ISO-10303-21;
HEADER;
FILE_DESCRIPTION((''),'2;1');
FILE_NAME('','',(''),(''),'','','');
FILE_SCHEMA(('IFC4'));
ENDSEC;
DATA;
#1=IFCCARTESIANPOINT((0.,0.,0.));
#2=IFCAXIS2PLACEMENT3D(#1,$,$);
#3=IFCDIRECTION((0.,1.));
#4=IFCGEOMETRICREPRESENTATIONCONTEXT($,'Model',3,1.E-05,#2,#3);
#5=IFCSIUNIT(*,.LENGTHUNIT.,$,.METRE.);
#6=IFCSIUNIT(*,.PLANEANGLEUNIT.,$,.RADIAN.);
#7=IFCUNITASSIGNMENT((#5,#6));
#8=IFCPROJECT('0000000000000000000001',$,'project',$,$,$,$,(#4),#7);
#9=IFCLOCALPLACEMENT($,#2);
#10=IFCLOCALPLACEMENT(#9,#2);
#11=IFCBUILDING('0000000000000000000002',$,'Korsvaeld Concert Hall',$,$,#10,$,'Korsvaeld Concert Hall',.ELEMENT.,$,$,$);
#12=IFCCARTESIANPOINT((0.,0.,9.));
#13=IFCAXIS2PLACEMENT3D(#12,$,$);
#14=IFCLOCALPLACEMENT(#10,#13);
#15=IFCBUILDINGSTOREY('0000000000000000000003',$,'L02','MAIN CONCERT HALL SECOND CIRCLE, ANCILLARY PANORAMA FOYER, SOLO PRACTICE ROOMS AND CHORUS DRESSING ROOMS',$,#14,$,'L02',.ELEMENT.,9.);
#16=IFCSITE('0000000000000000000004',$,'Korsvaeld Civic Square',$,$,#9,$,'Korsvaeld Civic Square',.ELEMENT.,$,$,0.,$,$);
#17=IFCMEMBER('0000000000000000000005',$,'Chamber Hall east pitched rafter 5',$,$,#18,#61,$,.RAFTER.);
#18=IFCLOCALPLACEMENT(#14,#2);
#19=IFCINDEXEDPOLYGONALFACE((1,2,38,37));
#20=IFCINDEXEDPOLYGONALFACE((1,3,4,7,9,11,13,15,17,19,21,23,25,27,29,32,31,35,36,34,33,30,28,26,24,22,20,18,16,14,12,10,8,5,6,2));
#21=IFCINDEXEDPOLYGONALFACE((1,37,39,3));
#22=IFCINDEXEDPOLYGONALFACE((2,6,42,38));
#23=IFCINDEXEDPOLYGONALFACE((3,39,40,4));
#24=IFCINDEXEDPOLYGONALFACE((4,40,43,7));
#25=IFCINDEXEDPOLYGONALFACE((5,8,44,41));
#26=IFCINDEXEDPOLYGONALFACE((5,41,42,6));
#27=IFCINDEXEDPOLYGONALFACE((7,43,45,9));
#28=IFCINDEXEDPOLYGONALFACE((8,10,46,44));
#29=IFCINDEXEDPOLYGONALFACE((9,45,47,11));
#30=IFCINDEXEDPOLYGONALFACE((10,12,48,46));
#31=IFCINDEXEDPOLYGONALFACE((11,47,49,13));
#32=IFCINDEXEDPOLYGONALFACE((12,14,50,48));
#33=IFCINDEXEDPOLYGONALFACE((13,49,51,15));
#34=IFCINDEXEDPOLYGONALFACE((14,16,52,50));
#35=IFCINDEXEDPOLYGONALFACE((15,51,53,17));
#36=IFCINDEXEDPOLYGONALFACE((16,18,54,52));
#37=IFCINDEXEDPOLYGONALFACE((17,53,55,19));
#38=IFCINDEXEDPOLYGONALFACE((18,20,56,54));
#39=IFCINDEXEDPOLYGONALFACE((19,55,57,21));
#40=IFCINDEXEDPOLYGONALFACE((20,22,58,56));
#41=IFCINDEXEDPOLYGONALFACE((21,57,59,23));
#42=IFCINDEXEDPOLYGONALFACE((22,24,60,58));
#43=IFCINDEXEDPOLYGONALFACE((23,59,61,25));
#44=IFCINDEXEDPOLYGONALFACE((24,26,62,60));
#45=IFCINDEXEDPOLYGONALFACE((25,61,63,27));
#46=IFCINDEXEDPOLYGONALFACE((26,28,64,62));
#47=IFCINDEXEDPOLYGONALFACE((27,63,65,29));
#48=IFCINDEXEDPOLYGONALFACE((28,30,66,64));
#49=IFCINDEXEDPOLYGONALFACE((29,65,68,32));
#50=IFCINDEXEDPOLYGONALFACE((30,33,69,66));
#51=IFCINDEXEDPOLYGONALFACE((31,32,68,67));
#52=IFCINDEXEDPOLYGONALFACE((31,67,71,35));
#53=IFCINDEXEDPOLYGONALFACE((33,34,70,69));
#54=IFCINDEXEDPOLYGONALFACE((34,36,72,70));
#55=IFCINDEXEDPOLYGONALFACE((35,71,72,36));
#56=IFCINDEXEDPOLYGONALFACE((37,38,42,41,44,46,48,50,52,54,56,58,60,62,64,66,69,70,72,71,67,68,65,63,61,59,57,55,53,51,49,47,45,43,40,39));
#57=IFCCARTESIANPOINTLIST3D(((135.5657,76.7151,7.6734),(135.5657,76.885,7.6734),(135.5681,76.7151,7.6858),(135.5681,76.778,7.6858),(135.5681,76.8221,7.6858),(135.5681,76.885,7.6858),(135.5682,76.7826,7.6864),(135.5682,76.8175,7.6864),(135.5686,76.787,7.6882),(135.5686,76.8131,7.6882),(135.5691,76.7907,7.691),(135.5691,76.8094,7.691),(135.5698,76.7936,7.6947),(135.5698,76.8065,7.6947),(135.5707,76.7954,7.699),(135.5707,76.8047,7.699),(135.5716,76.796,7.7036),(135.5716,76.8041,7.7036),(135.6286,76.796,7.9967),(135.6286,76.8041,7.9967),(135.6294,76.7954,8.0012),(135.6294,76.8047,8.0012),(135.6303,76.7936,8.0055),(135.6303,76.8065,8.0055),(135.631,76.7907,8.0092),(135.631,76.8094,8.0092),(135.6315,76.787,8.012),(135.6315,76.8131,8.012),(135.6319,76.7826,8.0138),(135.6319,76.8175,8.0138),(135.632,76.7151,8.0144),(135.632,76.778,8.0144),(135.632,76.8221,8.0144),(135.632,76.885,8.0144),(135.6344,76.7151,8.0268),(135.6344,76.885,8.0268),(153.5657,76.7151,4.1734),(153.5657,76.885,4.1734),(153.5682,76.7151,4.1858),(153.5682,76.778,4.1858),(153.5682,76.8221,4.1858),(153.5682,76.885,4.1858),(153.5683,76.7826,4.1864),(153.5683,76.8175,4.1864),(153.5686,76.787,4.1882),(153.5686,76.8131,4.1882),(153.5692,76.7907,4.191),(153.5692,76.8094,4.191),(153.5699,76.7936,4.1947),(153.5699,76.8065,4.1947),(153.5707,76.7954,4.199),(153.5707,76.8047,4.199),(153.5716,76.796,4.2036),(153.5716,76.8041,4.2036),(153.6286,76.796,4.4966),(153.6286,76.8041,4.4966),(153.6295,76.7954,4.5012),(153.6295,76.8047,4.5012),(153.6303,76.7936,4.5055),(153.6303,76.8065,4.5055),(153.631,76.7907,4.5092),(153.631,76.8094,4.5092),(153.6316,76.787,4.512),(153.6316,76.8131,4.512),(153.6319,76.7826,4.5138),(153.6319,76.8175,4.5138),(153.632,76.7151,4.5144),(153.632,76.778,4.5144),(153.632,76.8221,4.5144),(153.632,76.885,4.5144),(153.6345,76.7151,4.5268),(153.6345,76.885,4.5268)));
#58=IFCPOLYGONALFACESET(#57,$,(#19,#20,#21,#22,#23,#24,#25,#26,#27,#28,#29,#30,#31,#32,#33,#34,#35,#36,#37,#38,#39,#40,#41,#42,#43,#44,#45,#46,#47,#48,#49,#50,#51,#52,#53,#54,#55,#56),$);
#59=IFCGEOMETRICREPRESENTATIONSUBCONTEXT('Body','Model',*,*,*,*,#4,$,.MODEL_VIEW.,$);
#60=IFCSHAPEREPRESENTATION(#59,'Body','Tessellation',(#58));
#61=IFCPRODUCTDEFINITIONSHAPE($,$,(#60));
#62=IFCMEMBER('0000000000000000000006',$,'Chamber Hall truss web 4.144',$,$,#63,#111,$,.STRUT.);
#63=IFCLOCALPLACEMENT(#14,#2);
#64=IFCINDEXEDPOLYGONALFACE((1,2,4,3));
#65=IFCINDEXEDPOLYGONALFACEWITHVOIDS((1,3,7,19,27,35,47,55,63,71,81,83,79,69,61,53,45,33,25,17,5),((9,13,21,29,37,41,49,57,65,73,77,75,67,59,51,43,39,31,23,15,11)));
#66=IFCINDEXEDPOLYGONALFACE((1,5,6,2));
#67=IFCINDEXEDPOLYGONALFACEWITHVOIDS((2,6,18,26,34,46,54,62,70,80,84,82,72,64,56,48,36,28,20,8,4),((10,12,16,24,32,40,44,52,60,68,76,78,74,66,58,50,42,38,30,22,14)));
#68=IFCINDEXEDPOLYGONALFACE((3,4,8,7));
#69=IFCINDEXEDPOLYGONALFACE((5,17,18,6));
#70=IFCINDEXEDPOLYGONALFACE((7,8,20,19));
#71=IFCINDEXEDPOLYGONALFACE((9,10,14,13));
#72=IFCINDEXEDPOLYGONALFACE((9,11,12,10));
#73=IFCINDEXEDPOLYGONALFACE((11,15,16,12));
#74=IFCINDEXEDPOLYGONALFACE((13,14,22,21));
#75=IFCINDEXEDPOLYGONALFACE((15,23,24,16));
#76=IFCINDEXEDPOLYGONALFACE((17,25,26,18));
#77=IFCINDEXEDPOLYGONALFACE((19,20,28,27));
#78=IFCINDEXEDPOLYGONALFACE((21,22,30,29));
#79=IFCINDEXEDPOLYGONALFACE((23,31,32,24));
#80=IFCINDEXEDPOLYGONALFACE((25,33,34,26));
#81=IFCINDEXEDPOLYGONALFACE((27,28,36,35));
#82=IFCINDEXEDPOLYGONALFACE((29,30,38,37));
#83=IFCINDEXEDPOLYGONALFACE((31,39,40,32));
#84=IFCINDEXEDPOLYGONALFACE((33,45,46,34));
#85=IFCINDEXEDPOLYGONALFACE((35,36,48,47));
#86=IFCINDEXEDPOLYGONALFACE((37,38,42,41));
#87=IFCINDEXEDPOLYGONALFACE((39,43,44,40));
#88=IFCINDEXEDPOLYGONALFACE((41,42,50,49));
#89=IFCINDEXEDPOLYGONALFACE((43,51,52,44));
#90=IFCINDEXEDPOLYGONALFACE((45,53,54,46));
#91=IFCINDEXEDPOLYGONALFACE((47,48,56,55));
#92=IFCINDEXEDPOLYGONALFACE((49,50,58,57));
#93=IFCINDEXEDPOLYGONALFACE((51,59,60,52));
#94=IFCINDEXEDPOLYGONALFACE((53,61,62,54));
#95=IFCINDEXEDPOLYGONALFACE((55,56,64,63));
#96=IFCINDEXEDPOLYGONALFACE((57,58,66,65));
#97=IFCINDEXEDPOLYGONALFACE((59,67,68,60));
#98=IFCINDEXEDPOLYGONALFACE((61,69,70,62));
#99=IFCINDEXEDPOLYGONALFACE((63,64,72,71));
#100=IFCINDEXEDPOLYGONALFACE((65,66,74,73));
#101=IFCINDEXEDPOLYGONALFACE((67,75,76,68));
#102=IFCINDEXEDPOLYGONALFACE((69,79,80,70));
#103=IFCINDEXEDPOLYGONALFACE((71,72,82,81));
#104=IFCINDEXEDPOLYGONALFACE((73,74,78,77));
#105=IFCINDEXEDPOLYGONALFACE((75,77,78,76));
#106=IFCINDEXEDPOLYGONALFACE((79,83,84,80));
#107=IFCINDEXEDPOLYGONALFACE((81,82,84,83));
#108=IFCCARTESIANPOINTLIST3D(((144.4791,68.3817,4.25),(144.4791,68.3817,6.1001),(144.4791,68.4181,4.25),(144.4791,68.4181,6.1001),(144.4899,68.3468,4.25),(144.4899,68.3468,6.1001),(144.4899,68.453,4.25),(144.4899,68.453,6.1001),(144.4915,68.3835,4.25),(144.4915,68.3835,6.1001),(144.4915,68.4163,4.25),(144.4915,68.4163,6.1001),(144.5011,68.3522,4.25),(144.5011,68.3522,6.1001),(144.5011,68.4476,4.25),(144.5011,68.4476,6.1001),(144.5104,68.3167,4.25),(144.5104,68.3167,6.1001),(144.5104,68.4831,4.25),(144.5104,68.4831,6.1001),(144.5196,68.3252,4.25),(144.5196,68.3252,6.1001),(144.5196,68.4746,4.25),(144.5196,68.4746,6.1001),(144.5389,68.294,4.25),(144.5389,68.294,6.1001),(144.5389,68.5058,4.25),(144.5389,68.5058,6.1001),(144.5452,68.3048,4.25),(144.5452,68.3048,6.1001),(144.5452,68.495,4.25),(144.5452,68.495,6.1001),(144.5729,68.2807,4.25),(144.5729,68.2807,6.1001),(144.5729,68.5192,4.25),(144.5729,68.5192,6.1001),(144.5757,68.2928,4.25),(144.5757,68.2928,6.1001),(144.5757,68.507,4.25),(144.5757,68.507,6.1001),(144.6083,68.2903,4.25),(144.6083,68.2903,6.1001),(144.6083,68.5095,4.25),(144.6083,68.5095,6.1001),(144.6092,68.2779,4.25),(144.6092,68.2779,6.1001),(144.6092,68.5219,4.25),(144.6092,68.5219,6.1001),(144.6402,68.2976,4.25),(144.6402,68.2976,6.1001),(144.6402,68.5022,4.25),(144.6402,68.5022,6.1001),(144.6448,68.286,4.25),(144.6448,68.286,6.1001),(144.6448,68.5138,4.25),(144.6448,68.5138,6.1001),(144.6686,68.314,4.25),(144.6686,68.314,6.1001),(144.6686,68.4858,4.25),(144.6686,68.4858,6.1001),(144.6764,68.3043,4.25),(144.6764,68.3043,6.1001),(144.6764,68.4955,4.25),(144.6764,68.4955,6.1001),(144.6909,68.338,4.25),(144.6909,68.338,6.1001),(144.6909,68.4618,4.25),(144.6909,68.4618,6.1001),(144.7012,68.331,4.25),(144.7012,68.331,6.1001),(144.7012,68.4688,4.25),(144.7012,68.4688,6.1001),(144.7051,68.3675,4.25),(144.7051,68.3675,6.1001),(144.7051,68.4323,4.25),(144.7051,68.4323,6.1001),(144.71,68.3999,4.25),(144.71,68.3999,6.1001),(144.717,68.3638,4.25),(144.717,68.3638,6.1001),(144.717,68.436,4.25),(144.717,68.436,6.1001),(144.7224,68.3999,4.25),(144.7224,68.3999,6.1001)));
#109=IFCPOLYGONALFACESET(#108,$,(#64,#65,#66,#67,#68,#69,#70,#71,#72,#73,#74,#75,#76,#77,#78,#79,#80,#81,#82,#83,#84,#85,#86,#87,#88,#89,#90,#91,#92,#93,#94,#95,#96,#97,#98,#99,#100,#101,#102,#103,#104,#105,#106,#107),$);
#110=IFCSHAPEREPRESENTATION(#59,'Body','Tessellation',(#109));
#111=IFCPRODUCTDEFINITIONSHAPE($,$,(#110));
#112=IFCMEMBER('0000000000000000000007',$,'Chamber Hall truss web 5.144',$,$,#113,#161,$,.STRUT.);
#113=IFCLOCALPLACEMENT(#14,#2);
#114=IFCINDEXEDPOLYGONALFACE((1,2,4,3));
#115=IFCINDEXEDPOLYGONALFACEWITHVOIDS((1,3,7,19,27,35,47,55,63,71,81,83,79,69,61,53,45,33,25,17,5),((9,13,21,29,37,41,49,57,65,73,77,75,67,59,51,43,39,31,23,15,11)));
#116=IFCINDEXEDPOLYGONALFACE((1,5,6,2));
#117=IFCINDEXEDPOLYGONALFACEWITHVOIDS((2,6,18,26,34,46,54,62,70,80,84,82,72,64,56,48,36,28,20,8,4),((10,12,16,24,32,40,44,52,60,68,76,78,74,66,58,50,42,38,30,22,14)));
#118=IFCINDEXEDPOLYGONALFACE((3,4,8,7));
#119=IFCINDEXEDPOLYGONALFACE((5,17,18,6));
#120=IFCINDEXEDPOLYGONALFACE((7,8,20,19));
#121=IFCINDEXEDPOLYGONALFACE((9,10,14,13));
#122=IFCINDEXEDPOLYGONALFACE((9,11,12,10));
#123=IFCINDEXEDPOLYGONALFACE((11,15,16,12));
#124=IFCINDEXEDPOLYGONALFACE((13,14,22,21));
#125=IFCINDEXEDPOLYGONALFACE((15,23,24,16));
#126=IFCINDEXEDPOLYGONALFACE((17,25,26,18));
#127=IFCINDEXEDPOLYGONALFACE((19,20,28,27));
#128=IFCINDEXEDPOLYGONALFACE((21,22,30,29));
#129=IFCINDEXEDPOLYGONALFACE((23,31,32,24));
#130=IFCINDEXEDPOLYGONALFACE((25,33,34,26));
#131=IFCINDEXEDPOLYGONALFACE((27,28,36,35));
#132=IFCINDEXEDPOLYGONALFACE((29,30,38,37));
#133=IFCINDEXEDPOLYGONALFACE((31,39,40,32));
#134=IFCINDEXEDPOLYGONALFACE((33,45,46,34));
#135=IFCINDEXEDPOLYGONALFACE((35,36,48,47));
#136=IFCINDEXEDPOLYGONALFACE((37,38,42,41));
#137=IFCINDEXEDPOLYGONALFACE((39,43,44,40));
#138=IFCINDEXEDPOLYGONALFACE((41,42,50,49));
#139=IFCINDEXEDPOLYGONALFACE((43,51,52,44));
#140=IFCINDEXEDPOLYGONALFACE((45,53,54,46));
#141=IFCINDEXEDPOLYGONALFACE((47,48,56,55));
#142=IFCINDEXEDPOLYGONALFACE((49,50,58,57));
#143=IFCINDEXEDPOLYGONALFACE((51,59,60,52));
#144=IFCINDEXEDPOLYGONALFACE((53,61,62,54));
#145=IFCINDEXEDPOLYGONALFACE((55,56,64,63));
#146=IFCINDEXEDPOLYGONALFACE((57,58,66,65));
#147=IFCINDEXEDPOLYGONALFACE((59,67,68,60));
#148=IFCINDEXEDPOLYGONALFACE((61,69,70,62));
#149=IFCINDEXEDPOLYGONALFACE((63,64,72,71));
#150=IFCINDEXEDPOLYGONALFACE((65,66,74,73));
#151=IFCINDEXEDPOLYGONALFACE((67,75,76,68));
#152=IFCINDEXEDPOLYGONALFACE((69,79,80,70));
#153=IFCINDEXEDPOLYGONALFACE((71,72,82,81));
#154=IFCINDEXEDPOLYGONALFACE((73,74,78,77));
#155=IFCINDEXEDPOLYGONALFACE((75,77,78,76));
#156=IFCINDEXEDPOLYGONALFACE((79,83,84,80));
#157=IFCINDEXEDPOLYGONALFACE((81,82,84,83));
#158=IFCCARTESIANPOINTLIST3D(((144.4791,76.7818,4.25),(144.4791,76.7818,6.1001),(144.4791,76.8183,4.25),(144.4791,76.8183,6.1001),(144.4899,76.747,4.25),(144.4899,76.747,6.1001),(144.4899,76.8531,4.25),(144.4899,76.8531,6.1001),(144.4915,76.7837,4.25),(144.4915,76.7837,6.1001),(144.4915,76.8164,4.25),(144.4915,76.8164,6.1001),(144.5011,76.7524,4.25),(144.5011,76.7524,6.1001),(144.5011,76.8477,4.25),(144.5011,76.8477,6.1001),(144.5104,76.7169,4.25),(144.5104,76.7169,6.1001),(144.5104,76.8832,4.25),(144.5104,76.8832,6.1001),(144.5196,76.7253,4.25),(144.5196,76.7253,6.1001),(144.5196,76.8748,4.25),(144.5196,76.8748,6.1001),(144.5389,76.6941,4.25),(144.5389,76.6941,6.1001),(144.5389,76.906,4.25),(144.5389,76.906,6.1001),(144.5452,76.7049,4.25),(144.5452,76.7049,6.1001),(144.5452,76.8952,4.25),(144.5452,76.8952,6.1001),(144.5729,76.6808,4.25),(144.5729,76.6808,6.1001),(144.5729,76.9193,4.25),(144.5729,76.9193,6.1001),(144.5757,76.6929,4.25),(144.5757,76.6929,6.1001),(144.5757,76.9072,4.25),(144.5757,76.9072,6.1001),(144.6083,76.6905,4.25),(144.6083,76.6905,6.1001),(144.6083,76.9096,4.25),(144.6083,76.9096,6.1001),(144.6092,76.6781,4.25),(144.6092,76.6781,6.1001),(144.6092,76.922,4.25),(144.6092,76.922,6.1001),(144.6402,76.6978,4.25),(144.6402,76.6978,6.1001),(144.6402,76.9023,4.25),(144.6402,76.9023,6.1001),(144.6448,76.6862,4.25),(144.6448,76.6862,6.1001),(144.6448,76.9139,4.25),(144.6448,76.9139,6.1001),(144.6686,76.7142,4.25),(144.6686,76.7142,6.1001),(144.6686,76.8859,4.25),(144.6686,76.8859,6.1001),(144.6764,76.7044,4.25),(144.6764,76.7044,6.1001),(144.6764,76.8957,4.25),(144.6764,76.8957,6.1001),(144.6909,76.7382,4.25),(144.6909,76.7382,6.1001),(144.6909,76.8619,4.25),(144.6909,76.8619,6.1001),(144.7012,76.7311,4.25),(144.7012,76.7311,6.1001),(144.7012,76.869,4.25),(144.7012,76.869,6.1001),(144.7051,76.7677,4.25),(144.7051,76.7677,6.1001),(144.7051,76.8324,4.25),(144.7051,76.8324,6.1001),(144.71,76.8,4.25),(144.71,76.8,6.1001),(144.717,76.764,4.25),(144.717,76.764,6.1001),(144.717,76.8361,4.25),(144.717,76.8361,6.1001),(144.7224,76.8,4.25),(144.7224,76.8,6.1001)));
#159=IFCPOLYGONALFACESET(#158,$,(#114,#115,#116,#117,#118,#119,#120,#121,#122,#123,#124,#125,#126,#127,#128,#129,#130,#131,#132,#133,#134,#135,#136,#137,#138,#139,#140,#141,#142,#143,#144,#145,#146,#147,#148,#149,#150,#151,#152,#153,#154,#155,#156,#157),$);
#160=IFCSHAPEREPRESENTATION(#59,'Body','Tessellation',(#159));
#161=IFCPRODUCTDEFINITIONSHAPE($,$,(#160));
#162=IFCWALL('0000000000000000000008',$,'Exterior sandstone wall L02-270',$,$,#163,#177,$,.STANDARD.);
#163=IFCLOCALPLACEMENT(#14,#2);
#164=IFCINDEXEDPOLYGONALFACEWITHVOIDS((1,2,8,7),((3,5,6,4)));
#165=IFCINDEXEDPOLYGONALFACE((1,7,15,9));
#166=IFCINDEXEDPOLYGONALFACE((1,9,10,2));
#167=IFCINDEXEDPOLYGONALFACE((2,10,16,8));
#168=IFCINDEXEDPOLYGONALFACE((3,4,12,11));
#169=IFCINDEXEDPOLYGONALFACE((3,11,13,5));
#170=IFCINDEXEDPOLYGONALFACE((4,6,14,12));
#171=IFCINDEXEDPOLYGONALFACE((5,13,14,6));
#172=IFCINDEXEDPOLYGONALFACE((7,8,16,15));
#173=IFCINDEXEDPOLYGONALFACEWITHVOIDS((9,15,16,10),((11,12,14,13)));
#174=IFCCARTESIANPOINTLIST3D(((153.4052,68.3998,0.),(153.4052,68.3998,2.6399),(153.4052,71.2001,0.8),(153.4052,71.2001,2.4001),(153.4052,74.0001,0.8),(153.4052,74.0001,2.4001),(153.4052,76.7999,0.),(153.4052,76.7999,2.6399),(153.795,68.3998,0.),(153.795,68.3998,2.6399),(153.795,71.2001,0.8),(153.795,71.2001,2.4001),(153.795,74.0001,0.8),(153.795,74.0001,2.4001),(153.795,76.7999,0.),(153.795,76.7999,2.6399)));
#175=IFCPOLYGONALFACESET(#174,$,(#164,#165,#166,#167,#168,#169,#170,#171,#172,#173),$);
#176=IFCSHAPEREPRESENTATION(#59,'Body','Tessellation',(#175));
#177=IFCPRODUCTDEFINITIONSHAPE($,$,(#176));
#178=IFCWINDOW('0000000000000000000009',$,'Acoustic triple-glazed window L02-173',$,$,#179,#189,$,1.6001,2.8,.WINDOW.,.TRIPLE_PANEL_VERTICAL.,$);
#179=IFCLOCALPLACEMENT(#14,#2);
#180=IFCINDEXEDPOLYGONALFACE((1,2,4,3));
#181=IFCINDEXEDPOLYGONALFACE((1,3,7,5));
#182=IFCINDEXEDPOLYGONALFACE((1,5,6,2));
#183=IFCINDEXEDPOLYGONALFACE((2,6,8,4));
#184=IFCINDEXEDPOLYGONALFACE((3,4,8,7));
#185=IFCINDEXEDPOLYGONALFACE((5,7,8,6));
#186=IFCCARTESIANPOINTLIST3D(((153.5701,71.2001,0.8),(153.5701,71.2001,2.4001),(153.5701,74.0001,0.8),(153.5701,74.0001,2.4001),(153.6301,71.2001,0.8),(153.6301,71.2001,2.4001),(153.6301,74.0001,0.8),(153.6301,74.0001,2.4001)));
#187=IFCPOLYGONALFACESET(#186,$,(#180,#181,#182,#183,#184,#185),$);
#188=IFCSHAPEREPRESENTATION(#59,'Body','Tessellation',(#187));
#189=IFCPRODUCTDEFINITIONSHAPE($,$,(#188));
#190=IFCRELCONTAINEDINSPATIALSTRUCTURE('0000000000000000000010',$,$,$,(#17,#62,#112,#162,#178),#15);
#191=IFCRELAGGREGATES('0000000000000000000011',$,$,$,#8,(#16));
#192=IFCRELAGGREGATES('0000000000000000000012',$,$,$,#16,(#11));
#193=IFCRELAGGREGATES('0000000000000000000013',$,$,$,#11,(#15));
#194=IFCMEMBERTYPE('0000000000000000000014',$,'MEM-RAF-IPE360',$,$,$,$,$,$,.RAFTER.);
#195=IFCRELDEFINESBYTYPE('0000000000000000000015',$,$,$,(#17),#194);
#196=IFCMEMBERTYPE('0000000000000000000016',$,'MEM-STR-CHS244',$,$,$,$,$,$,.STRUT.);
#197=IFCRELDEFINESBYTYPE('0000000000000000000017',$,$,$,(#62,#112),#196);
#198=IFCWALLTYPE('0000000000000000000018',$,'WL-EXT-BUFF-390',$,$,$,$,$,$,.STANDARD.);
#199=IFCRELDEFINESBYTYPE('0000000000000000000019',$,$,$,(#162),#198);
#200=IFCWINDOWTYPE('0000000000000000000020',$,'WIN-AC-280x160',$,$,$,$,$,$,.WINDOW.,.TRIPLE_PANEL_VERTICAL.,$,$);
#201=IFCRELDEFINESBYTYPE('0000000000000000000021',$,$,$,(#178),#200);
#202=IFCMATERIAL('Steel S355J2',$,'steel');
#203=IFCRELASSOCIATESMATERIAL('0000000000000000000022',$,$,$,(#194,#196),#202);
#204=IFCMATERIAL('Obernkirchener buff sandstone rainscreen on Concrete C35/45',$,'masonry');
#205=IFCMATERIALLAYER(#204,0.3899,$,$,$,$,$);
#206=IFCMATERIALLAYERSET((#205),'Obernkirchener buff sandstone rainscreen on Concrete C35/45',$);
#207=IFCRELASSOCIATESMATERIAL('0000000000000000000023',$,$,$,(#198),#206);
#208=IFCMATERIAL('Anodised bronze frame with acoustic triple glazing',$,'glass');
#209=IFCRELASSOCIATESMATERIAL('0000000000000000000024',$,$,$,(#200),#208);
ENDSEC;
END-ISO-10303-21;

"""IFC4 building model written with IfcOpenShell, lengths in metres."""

from ifc_helpers import new_model, si_unit, direction, frame, frame_2d, origin, origin_2d, place, context, subcontext, project, spatial, rectangle, hollow_circle, i_section, extrude, material, layer, layer_set, material_profile, profile_set, type_object, element, fill, save


model = new_model("IFC4")

# Units and contexts
model_context = context("Model", 3, precision=1e-05, world=origin(), true_north=direction((0.0, 1.0)))
body_context = subcontext(model_context, "Body", "Model", "MODEL_VIEW")
ifc_project = project(units=[si_unit("LENGTHUNIT", "METRE"), si_unit("PLANEANGLEUNIT", "RADIAN")], contexts=[model_context])

# Site, building, storey
site_placement = place(None, origin())
site = spatial("IfcSite", under=ifc_project, at=site_placement, Name="Korsvaeld Civic Square", LongName="Korsvaeld Civic Square", CompositionType="ELEMENT", RefElevation=0.0)
building_placement = place(site_placement, origin())
building = spatial("IfcBuilding", under=site, at=building_placement, Name="Korsvaeld Concert Hall", LongName="Korsvaeld Concert Hall", CompositionType="ELEMENT")
storey_placement = place(building_placement, frame((0.0, 0.0, 9.0)))
storey = spatial("IfcBuildingStorey", under=building, at=storey_placement, Name="L02", Description="MAIN CONCERT HALL SECOND CIRCLE, ANCILLARY PANORAMA FOYER, SOLO PRACTICE ROOMS AND CHORUS DRESSING ROOMS", LongName="L02", CompositionType="ELEMENT", Elevation=9.0)

# Members
ifc_material_1 = material(Name="Steel S355J2", Category="steel")
ifc_material_profile_1 = material_profile(ifc_material_1, i_section(OverallWidth=0.1699, OverallDepth=0.3601, WebThickness=0.0081, FlangeThickness=0.0127, FilletRadius=0.0181, at=origin_2d()), Name="IPE 360")
ifc_profile_set_1 = profile_set([ifc_material_profile_1], Name="Steel S355J2")
member_type_1 = type_object("IfcMemberType", Name="MEM-RAF-IPE360", PredefinedType="RAFTER", material=ifc_profile_set_1)
for number, where, z_axis, x_axis, name in (
    (1, (153.6001, 76.8, 4.3501), (-0.981615, 0.0, 0.19087), (0.0, -1.0, 0.0), "Chamber Hall east pitched rafter 5"),
):
    element("IfcMember", number, at=place(storey_placement, frame(where, z_axis=z_axis, x_axis=x_axis)), inside=storey, type_object=member_type_1, Name=name, PredefinedType="RAFTER", context=body_context, shape_type="SweptSolid", body=[
        extrude(i_section(OverallWidth=0.1699, OverallDepth=0.3601, WebThickness=0.0081, FlangeThickness=0.0127, FilletRadius=0.0181, at=origin_2d()), origin(), (0.0, 0.0, 1.0), 18.3372),
    ])
ifc_material_profile_2 = material_profile(ifc_material_1, hollow_circle(Radius=0.1223, WallThickness=0.0125, at=origin_2d()), Name="CHS 244.5x12.5")
ifc_profile_set_2 = profile_set([ifc_material_profile_2], Name="Steel S355J2")
member_type_2 = type_object("IfcMemberType", Name="MEM-STR-CHS244", PredefinedType="STRUT", material=ifc_profile_set_2)
for number, where, z_axis, x_axis, name in (
    (2, (144.6001, 68.3999, 4.25), (0.0, 0.0, 1.0), (1.0, 0.0, 0.0), "Chamber Hall truss web 4.144"),
    (3, (144.6001, 76.8, 4.25), (0.0, 0.0, 1.0), (1.0, 0.0, 0.0), "Chamber Hall truss web 5.144"),
):
    element("IfcMember", number, at=place(storey_placement, frame(where, z_axis=z_axis, x_axis=x_axis)), inside=storey, type_object=member_type_2, Name=name, PredefinedType="STRUT", context=body_context, shape_type="SweptSolid", body=[
        extrude(hollow_circle(Radius=0.1223, WallThickness=0.0125, at=origin_2d()), origin(), (0.0, 0.0, 1.0), 1.8501),
    ])

# Wall, opening, window
ifc_material_2 = material(Name="Obernkirchener buff sandstone rainscreen on Concrete C35/45", Category="masonry")
ifc_layer_1 = layer(ifc_material_2, 0.3899)
ifc_layer_set_1 = layer_set([ifc_layer_1], Name="Obernkirchener buff sandstone rainscreen on Concrete C35/45")
wall_type_1 = type_object("IfcWallType", Name="WL-EXT-BUFF-390", PredefinedType="STANDARD", material=ifc_layer_set_1)
wall_1_placement = place(storey_placement, frame((153.6001, 76.8, 0.0), z_axis=(0.0, 0.0, 1.0), x_axis=(0.0, -1.0, 0.0)))
wall_1 = element("IfcWall", 4, at=wall_1_placement, inside=storey, type_object=wall_type_1, Name="Exterior sandstone wall L02-270", PredefinedType="STANDARD", context=body_context, shape_type="SweptSolid", body=[
    extrude(rectangle(XDim=8.4001, YDim=0.3899, at=frame_2d((4.2002, 0.0))), origin(), (0.0, 0.0, 1.0), 2.6399),
])
opening_1_placement = place(wall_1_placement, frame((2.8, 0.0, 0.8)))
opening_1 = element("IfcOpeningElement", 5, at=opening_1_placement, cuts=wall_1, PredefinedType="OPENING", context=body_context, shape_type="SweptSolid", body=[
    extrude(rectangle(XDim=2.8, YDim=1.6001, at=frame_2d((1.3999, 0.8))), frame((0.0, 0.2051, 0.0), z_axis=(0.0, -1.0, 0.0), x_axis=(1.0, 0.0, 0.0)), (0.0, 0.0, 1.0), 0.4099),
])
ifc_material_3 = material(Name="Anodised bronze frame with acoustic triple glazing", Category="glass")
window_type_1 = type_object("IfcWindowType", Name="WIN-AC-280x160", PartitioningType="TRIPLE_PANEL_VERTICAL", PredefinedType="WINDOW", material=ifc_material_3)
window_1_placement = place(opening_1_placement, origin())
window_1 = element("IfcWindow", 6, at=window_1_placement, inside=storey, type_object=window_type_1, Name="Acoustic triple-glazed window L02-173", OverallHeight=1.6001, OverallWidth=2.8, PartitioningType="TRIPLE_PANEL_VERTICAL", PredefinedType="WINDOW", context=body_context, shape_type="SweptSolid", body=[
    extrude(rectangle(XDim=2.8, YDim=1.6001, at=frame_2d((1.3999, 0.8))), frame((0.0, 0.03, 0.0), z_axis=(0.0, -1.0, 0.0), x_axis=(1.0, 0.0, 0.0)), (0.0, 0.0, 1.0), 0.0601),
])
fill(opening_1, window_1)

save(model, "model.ifc")
